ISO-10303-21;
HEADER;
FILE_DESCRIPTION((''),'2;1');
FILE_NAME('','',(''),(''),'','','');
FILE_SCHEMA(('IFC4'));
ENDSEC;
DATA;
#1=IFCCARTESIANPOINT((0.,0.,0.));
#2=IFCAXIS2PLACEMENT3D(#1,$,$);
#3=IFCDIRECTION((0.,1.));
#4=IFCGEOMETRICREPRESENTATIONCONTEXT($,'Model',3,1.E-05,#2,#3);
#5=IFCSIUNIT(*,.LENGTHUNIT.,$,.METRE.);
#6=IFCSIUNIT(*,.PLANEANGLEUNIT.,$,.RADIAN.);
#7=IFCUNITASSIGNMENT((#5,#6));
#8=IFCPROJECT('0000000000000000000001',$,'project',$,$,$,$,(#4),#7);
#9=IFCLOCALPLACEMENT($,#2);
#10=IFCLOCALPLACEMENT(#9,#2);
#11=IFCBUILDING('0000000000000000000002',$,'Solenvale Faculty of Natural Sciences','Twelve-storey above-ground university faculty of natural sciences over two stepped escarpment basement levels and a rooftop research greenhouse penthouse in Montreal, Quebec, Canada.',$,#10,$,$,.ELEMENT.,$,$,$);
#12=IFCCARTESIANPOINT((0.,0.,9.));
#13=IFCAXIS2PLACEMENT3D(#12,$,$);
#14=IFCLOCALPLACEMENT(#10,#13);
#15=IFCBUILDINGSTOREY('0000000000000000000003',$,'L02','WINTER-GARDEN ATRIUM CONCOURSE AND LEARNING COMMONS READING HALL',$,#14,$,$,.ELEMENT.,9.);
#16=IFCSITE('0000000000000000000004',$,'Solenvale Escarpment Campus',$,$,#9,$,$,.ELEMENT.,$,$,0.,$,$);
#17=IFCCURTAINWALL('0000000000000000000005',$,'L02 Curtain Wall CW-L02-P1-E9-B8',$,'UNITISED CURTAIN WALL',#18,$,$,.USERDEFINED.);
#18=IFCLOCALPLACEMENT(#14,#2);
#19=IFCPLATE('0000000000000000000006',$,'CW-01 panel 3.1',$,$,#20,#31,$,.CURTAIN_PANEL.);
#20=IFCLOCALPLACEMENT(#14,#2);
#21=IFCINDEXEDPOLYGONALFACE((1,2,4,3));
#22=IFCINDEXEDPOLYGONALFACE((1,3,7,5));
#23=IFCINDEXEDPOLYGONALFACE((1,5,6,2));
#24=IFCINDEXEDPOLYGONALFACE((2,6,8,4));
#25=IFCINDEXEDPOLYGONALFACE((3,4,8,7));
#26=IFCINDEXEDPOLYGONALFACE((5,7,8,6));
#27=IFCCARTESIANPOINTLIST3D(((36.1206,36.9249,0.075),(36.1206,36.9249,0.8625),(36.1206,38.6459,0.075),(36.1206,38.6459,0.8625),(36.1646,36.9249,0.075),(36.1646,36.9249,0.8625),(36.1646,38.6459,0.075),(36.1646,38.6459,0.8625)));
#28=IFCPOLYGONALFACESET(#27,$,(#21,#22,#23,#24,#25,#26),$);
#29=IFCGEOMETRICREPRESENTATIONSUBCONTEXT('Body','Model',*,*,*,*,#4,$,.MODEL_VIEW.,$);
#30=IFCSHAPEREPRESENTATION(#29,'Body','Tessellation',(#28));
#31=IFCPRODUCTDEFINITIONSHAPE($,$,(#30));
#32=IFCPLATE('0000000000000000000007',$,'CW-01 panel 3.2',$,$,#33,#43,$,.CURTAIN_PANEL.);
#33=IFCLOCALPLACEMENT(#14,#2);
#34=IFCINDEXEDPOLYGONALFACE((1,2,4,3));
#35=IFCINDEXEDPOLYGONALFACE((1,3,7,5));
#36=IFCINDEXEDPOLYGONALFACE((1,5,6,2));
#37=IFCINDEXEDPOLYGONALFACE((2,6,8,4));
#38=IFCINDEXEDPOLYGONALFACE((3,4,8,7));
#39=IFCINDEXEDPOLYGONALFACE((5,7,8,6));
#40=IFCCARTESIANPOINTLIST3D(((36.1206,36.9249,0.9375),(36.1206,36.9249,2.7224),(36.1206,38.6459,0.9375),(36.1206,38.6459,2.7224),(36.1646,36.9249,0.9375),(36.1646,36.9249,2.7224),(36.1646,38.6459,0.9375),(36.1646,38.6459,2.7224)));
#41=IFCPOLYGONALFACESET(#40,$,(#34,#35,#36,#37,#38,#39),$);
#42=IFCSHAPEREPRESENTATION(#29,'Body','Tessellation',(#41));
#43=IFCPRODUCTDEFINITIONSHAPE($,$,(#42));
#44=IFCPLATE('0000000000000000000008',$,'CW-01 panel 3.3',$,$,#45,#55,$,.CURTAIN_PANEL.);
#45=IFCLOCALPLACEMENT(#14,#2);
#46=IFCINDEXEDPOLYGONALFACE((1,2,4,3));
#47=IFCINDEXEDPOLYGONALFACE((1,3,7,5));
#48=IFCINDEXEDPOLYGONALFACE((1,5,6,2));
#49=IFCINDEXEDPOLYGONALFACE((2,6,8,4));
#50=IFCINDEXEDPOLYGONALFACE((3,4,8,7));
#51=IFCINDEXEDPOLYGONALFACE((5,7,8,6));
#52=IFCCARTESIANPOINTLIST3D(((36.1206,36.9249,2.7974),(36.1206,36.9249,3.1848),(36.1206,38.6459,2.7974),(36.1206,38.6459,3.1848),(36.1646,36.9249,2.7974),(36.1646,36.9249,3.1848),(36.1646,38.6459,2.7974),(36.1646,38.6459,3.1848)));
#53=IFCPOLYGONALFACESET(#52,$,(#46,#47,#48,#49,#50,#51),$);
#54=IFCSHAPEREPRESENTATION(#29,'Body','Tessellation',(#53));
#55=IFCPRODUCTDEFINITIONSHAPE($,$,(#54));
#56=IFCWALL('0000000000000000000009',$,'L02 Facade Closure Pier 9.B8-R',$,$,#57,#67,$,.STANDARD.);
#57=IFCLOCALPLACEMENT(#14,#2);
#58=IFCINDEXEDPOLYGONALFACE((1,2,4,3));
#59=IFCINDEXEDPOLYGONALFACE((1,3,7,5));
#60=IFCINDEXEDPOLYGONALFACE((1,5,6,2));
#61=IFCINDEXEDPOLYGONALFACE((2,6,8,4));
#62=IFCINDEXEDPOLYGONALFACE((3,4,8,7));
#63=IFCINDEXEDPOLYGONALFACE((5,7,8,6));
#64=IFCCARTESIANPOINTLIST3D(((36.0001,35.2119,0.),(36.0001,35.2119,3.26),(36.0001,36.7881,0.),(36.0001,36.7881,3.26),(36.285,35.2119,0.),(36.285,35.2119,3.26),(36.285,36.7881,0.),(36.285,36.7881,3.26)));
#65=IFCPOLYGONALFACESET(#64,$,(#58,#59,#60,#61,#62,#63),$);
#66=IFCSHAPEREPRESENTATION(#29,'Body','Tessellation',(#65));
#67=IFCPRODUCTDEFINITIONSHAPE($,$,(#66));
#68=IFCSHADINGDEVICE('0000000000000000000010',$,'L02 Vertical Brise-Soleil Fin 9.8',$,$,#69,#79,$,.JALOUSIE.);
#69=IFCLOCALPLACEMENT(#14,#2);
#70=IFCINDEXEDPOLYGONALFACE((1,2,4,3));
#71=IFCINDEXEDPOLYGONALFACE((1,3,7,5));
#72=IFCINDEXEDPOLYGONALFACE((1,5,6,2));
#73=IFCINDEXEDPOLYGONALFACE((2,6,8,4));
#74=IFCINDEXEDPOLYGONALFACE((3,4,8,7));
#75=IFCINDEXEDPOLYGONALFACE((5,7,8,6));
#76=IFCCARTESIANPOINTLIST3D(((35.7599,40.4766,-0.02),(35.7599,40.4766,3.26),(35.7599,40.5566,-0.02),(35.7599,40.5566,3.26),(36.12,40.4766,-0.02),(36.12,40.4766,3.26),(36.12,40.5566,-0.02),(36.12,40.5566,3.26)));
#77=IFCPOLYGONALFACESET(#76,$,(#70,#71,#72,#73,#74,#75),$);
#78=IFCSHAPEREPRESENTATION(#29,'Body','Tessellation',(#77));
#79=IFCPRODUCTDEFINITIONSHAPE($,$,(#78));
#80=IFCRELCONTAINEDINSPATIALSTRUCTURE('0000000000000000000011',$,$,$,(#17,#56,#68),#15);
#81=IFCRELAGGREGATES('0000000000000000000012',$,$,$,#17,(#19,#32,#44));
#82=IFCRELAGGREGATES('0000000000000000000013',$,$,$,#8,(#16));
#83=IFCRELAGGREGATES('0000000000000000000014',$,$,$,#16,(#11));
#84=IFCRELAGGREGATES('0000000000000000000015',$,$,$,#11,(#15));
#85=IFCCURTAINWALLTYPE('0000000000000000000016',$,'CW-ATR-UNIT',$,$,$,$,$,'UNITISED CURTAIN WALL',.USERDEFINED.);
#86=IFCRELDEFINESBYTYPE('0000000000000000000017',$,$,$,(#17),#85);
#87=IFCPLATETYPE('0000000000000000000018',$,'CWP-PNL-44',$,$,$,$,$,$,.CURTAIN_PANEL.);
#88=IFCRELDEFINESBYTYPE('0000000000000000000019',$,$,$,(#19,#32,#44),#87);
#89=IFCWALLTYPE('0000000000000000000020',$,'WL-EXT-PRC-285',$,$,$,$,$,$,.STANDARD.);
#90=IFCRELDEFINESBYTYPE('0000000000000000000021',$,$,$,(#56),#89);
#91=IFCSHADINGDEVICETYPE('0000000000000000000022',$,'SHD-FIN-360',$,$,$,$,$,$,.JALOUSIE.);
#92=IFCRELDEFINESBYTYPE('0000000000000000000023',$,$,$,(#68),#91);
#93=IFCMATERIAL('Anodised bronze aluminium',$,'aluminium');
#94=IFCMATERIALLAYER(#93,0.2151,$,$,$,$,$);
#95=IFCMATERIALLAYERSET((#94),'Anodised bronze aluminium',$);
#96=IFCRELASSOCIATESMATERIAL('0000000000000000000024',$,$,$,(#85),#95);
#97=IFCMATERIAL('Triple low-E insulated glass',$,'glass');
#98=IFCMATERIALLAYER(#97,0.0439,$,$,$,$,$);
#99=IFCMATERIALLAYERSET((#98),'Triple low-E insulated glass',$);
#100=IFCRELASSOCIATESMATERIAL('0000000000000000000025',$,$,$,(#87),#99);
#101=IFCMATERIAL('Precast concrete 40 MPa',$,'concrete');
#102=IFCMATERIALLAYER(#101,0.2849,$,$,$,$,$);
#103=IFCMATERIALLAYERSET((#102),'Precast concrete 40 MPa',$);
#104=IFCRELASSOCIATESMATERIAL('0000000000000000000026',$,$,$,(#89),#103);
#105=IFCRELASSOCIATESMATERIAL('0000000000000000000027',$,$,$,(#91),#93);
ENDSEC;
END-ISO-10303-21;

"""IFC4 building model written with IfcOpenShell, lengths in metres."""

from ifc_helpers import new_model, si_unit, direction, frame, frame_2d, origin, origin_2d, place, context, subcontext, project, spatial, rectangle, extrude, material, layer, layer_set, material_profile, profile_set, type_object, element, aggregate, save


model = new_model("IFC4")

# Units and contexts
model_context = context("Model", 3, precision=1e-05, world=origin(), true_north=direction((0.0, 1.0)))
body_context = subcontext(model_context, "Body", "Model", "MODEL_VIEW")
ifc_project = project(units=[si_unit("LENGTHUNIT", "METRE"), si_unit("PLANEANGLEUNIT", "RADIAN")], contexts=[model_context])

# Site, building, storey
site_placement = place(None, origin())
site = spatial("IfcSite", under=ifc_project, at=site_placement, Name="Solenvale Escarpment Campus", CompositionType="ELEMENT", RefElevation=0.0)
building_placement = place(site_placement, origin())
building = spatial("IfcBuilding", under=site, at=building_placement, Name="Solenvale Faculty of Natural Sciences", Description="Twelve-storey above-ground university faculty of natural sciences over two stepped escarpment basement levels and a rooftop research greenhouse penthouse in Montreal, Quebec, Canada.", CompositionType="ELEMENT")
storey_placement = place(building_placement, frame((0.0, 0.0, 9.0)))
storey = spatial("IfcBuildingStorey", under=building, at=storey_placement, Name="L02", Description="WINTER-GARDEN ATRIUM CONCOURSE AND LEARNING COMMONS READING HALL", CompositionType="ELEMENT", Elevation=9.0)

# Curtain wall, plates
ifc_material_1 = material(Name="Anodised bronze aluminium", Category="aluminium")
ifc_layer_1 = layer(ifc_material_1, 0.2151)
ifc_layer_set_1 = layer_set([ifc_layer_1], Name="Anodised bronze aluminium")
curtain_wall_type = type_object("IfcCurtainWallType", Name="CW-ATR-UNIT", ElementType="UNITISED CURTAIN WALL", PredefinedType="USERDEFINED", material=ifc_layer_set_1)
curtain_wall_placement = place(storey_placement, origin())
curtain_wall = element("IfcCurtainWall", 1, at=curtain_wall_placement, inside=storey, type_object=curtain_wall_type, Name="L02 Curtain Wall CW-L02-P1-E9-B8", ObjectType="UNITISED CURTAIN WALL", PredefinedType="USERDEFINED")
ifc_material_2 = material(Name="Triple low-E insulated glass", Category="glass")
ifc_layer_2 = layer(ifc_material_2, 0.0439)
ifc_layer_set_2 = layer_set([ifc_layer_2], Name="Triple low-E insulated glass")
plate_type = type_object("IfcPlateType", Name="CWP-PNL-44", PredefinedType="CURTAIN_PANEL", material=ifc_layer_set_2)
plate_1_placement = place(storey_placement, frame((36.1426, 37.7854, 0.075), z_axis=(0.0, 0.0, 1.0), x_axis=(0.0, -1.0, 0.0)))
plate_1 = element("IfcPlate", 2, at=plate_1_placement, type_object=plate_type, Name="CW-01 panel 3.1", PredefinedType="CURTAIN_PANEL", context=body_context, shape_type="SweptSolid", body=[
    extrude(rectangle(XDim=1.7209, YDim=0.0439, at=origin_2d()), origin(), (0.0, 0.0, 1.0), 0.7876),
])
plate_2_placement = place(storey_placement, frame((36.1426, 37.7854, 0.9375), z_axis=(0.0, 0.0, 1.0), x_axis=(0.0, -1.0, 0.0)))
plate_2 = element("IfcPlate", 3, at=plate_2_placement, type_object=plate_type, Name="CW-01 panel 3.2", PredefinedType="CURTAIN_PANEL", context=body_context, shape_type="SweptSolid", body=[
    extrude(rectangle(XDim=1.7209, YDim=0.0439, at=origin_2d()), origin(), (0.0, 0.0, 1.0), 1.7849),
])
plate_3_placement = place(storey_placement, frame((36.1426, 37.7854, 2.7974), z_axis=(0.0, 0.0, 1.0), x_axis=(0.0, -1.0, 0.0)))
plate_3 = element("IfcPlate", 4, at=plate_3_placement, type_object=plate_type, Name="CW-01 panel 3.3", PredefinedType="CURTAIN_PANEL", context=body_context, shape_type="SweptSolid", body=[
    extrude(rectangle(XDim=1.7209, YDim=0.0439, at=origin_2d()), origin(), (0.0, 0.0, 1.0), 0.3875),
])
aggregate(curtain_wall, [plate_1, plate_2, plate_3])

# Wall
ifc_material_3 = material(Name="Precast concrete 40 MPa", Category="concrete")
ifc_layer_3 = layer(ifc_material_3, 0.2849)
ifc_layer_set_3 = layer_set([ifc_layer_3], Name="Precast concrete 40 MPa")
wall_type = type_object("IfcWallType", Name="WL-EXT-PRC-285", PredefinedType="STANDARD", material=ifc_layer_set_3)
wall_placement = place(storey_placement, frame((36.1426, 36.7881, 0.0), z_axis=(0.0, 0.0, 1.0), x_axis=(0.0, -1.0, 0.0)))
element("IfcWall", 5, at=wall_placement, inside=storey, type_object=wall_type, Name="L02 Facade Closure Pier 9.B8-R", PredefinedType="STANDARD", context=body_context, shape_type="SweptSolid", body=[
    extrude(rectangle(XDim=1.5762, YDim=0.2849, at=frame_2d((0.7881, 0.0))), origin(), (0.0, 0.0, 1.0), 3.26),
])

# Shading device
ifc_material_profile_1 = material_profile(ifc_material_1, rectangle(XDim=0.0801, YDim=0.3601, at=origin_2d()), Name="ALU-FIN-80x360")
ifc_profile_set_1 = profile_set([ifc_material_profile_1], Name="Anodised bronze aluminium")
shading_device_type = type_object("IfcShadingDeviceType", Name="SHD-FIN-360", PredefinedType="JALOUSIE", material=ifc_profile_set_1)
shading_device_placement = place(storey_placement, frame((35.9399, 40.5166, -0.02), z_axis=(0.0, 0.0, 1.0), x_axis=(0.0, 1.0, 0.0)))
element("IfcShadingDevice", 6, at=shading_device_placement, inside=storey, type_object=shading_device_type, Name="L02 Vertical Brise-Soleil Fin 9.8", PredefinedType="JALOUSIE", context=body_context, shape_type="SweptSolid", body=[
    extrude(rectangle(XDim=0.0801, YDim=0.3601, at=origin_2d()), origin(), (0.0, 0.0, 1.0), 3.28),
])

save(model, "model.ifc")
